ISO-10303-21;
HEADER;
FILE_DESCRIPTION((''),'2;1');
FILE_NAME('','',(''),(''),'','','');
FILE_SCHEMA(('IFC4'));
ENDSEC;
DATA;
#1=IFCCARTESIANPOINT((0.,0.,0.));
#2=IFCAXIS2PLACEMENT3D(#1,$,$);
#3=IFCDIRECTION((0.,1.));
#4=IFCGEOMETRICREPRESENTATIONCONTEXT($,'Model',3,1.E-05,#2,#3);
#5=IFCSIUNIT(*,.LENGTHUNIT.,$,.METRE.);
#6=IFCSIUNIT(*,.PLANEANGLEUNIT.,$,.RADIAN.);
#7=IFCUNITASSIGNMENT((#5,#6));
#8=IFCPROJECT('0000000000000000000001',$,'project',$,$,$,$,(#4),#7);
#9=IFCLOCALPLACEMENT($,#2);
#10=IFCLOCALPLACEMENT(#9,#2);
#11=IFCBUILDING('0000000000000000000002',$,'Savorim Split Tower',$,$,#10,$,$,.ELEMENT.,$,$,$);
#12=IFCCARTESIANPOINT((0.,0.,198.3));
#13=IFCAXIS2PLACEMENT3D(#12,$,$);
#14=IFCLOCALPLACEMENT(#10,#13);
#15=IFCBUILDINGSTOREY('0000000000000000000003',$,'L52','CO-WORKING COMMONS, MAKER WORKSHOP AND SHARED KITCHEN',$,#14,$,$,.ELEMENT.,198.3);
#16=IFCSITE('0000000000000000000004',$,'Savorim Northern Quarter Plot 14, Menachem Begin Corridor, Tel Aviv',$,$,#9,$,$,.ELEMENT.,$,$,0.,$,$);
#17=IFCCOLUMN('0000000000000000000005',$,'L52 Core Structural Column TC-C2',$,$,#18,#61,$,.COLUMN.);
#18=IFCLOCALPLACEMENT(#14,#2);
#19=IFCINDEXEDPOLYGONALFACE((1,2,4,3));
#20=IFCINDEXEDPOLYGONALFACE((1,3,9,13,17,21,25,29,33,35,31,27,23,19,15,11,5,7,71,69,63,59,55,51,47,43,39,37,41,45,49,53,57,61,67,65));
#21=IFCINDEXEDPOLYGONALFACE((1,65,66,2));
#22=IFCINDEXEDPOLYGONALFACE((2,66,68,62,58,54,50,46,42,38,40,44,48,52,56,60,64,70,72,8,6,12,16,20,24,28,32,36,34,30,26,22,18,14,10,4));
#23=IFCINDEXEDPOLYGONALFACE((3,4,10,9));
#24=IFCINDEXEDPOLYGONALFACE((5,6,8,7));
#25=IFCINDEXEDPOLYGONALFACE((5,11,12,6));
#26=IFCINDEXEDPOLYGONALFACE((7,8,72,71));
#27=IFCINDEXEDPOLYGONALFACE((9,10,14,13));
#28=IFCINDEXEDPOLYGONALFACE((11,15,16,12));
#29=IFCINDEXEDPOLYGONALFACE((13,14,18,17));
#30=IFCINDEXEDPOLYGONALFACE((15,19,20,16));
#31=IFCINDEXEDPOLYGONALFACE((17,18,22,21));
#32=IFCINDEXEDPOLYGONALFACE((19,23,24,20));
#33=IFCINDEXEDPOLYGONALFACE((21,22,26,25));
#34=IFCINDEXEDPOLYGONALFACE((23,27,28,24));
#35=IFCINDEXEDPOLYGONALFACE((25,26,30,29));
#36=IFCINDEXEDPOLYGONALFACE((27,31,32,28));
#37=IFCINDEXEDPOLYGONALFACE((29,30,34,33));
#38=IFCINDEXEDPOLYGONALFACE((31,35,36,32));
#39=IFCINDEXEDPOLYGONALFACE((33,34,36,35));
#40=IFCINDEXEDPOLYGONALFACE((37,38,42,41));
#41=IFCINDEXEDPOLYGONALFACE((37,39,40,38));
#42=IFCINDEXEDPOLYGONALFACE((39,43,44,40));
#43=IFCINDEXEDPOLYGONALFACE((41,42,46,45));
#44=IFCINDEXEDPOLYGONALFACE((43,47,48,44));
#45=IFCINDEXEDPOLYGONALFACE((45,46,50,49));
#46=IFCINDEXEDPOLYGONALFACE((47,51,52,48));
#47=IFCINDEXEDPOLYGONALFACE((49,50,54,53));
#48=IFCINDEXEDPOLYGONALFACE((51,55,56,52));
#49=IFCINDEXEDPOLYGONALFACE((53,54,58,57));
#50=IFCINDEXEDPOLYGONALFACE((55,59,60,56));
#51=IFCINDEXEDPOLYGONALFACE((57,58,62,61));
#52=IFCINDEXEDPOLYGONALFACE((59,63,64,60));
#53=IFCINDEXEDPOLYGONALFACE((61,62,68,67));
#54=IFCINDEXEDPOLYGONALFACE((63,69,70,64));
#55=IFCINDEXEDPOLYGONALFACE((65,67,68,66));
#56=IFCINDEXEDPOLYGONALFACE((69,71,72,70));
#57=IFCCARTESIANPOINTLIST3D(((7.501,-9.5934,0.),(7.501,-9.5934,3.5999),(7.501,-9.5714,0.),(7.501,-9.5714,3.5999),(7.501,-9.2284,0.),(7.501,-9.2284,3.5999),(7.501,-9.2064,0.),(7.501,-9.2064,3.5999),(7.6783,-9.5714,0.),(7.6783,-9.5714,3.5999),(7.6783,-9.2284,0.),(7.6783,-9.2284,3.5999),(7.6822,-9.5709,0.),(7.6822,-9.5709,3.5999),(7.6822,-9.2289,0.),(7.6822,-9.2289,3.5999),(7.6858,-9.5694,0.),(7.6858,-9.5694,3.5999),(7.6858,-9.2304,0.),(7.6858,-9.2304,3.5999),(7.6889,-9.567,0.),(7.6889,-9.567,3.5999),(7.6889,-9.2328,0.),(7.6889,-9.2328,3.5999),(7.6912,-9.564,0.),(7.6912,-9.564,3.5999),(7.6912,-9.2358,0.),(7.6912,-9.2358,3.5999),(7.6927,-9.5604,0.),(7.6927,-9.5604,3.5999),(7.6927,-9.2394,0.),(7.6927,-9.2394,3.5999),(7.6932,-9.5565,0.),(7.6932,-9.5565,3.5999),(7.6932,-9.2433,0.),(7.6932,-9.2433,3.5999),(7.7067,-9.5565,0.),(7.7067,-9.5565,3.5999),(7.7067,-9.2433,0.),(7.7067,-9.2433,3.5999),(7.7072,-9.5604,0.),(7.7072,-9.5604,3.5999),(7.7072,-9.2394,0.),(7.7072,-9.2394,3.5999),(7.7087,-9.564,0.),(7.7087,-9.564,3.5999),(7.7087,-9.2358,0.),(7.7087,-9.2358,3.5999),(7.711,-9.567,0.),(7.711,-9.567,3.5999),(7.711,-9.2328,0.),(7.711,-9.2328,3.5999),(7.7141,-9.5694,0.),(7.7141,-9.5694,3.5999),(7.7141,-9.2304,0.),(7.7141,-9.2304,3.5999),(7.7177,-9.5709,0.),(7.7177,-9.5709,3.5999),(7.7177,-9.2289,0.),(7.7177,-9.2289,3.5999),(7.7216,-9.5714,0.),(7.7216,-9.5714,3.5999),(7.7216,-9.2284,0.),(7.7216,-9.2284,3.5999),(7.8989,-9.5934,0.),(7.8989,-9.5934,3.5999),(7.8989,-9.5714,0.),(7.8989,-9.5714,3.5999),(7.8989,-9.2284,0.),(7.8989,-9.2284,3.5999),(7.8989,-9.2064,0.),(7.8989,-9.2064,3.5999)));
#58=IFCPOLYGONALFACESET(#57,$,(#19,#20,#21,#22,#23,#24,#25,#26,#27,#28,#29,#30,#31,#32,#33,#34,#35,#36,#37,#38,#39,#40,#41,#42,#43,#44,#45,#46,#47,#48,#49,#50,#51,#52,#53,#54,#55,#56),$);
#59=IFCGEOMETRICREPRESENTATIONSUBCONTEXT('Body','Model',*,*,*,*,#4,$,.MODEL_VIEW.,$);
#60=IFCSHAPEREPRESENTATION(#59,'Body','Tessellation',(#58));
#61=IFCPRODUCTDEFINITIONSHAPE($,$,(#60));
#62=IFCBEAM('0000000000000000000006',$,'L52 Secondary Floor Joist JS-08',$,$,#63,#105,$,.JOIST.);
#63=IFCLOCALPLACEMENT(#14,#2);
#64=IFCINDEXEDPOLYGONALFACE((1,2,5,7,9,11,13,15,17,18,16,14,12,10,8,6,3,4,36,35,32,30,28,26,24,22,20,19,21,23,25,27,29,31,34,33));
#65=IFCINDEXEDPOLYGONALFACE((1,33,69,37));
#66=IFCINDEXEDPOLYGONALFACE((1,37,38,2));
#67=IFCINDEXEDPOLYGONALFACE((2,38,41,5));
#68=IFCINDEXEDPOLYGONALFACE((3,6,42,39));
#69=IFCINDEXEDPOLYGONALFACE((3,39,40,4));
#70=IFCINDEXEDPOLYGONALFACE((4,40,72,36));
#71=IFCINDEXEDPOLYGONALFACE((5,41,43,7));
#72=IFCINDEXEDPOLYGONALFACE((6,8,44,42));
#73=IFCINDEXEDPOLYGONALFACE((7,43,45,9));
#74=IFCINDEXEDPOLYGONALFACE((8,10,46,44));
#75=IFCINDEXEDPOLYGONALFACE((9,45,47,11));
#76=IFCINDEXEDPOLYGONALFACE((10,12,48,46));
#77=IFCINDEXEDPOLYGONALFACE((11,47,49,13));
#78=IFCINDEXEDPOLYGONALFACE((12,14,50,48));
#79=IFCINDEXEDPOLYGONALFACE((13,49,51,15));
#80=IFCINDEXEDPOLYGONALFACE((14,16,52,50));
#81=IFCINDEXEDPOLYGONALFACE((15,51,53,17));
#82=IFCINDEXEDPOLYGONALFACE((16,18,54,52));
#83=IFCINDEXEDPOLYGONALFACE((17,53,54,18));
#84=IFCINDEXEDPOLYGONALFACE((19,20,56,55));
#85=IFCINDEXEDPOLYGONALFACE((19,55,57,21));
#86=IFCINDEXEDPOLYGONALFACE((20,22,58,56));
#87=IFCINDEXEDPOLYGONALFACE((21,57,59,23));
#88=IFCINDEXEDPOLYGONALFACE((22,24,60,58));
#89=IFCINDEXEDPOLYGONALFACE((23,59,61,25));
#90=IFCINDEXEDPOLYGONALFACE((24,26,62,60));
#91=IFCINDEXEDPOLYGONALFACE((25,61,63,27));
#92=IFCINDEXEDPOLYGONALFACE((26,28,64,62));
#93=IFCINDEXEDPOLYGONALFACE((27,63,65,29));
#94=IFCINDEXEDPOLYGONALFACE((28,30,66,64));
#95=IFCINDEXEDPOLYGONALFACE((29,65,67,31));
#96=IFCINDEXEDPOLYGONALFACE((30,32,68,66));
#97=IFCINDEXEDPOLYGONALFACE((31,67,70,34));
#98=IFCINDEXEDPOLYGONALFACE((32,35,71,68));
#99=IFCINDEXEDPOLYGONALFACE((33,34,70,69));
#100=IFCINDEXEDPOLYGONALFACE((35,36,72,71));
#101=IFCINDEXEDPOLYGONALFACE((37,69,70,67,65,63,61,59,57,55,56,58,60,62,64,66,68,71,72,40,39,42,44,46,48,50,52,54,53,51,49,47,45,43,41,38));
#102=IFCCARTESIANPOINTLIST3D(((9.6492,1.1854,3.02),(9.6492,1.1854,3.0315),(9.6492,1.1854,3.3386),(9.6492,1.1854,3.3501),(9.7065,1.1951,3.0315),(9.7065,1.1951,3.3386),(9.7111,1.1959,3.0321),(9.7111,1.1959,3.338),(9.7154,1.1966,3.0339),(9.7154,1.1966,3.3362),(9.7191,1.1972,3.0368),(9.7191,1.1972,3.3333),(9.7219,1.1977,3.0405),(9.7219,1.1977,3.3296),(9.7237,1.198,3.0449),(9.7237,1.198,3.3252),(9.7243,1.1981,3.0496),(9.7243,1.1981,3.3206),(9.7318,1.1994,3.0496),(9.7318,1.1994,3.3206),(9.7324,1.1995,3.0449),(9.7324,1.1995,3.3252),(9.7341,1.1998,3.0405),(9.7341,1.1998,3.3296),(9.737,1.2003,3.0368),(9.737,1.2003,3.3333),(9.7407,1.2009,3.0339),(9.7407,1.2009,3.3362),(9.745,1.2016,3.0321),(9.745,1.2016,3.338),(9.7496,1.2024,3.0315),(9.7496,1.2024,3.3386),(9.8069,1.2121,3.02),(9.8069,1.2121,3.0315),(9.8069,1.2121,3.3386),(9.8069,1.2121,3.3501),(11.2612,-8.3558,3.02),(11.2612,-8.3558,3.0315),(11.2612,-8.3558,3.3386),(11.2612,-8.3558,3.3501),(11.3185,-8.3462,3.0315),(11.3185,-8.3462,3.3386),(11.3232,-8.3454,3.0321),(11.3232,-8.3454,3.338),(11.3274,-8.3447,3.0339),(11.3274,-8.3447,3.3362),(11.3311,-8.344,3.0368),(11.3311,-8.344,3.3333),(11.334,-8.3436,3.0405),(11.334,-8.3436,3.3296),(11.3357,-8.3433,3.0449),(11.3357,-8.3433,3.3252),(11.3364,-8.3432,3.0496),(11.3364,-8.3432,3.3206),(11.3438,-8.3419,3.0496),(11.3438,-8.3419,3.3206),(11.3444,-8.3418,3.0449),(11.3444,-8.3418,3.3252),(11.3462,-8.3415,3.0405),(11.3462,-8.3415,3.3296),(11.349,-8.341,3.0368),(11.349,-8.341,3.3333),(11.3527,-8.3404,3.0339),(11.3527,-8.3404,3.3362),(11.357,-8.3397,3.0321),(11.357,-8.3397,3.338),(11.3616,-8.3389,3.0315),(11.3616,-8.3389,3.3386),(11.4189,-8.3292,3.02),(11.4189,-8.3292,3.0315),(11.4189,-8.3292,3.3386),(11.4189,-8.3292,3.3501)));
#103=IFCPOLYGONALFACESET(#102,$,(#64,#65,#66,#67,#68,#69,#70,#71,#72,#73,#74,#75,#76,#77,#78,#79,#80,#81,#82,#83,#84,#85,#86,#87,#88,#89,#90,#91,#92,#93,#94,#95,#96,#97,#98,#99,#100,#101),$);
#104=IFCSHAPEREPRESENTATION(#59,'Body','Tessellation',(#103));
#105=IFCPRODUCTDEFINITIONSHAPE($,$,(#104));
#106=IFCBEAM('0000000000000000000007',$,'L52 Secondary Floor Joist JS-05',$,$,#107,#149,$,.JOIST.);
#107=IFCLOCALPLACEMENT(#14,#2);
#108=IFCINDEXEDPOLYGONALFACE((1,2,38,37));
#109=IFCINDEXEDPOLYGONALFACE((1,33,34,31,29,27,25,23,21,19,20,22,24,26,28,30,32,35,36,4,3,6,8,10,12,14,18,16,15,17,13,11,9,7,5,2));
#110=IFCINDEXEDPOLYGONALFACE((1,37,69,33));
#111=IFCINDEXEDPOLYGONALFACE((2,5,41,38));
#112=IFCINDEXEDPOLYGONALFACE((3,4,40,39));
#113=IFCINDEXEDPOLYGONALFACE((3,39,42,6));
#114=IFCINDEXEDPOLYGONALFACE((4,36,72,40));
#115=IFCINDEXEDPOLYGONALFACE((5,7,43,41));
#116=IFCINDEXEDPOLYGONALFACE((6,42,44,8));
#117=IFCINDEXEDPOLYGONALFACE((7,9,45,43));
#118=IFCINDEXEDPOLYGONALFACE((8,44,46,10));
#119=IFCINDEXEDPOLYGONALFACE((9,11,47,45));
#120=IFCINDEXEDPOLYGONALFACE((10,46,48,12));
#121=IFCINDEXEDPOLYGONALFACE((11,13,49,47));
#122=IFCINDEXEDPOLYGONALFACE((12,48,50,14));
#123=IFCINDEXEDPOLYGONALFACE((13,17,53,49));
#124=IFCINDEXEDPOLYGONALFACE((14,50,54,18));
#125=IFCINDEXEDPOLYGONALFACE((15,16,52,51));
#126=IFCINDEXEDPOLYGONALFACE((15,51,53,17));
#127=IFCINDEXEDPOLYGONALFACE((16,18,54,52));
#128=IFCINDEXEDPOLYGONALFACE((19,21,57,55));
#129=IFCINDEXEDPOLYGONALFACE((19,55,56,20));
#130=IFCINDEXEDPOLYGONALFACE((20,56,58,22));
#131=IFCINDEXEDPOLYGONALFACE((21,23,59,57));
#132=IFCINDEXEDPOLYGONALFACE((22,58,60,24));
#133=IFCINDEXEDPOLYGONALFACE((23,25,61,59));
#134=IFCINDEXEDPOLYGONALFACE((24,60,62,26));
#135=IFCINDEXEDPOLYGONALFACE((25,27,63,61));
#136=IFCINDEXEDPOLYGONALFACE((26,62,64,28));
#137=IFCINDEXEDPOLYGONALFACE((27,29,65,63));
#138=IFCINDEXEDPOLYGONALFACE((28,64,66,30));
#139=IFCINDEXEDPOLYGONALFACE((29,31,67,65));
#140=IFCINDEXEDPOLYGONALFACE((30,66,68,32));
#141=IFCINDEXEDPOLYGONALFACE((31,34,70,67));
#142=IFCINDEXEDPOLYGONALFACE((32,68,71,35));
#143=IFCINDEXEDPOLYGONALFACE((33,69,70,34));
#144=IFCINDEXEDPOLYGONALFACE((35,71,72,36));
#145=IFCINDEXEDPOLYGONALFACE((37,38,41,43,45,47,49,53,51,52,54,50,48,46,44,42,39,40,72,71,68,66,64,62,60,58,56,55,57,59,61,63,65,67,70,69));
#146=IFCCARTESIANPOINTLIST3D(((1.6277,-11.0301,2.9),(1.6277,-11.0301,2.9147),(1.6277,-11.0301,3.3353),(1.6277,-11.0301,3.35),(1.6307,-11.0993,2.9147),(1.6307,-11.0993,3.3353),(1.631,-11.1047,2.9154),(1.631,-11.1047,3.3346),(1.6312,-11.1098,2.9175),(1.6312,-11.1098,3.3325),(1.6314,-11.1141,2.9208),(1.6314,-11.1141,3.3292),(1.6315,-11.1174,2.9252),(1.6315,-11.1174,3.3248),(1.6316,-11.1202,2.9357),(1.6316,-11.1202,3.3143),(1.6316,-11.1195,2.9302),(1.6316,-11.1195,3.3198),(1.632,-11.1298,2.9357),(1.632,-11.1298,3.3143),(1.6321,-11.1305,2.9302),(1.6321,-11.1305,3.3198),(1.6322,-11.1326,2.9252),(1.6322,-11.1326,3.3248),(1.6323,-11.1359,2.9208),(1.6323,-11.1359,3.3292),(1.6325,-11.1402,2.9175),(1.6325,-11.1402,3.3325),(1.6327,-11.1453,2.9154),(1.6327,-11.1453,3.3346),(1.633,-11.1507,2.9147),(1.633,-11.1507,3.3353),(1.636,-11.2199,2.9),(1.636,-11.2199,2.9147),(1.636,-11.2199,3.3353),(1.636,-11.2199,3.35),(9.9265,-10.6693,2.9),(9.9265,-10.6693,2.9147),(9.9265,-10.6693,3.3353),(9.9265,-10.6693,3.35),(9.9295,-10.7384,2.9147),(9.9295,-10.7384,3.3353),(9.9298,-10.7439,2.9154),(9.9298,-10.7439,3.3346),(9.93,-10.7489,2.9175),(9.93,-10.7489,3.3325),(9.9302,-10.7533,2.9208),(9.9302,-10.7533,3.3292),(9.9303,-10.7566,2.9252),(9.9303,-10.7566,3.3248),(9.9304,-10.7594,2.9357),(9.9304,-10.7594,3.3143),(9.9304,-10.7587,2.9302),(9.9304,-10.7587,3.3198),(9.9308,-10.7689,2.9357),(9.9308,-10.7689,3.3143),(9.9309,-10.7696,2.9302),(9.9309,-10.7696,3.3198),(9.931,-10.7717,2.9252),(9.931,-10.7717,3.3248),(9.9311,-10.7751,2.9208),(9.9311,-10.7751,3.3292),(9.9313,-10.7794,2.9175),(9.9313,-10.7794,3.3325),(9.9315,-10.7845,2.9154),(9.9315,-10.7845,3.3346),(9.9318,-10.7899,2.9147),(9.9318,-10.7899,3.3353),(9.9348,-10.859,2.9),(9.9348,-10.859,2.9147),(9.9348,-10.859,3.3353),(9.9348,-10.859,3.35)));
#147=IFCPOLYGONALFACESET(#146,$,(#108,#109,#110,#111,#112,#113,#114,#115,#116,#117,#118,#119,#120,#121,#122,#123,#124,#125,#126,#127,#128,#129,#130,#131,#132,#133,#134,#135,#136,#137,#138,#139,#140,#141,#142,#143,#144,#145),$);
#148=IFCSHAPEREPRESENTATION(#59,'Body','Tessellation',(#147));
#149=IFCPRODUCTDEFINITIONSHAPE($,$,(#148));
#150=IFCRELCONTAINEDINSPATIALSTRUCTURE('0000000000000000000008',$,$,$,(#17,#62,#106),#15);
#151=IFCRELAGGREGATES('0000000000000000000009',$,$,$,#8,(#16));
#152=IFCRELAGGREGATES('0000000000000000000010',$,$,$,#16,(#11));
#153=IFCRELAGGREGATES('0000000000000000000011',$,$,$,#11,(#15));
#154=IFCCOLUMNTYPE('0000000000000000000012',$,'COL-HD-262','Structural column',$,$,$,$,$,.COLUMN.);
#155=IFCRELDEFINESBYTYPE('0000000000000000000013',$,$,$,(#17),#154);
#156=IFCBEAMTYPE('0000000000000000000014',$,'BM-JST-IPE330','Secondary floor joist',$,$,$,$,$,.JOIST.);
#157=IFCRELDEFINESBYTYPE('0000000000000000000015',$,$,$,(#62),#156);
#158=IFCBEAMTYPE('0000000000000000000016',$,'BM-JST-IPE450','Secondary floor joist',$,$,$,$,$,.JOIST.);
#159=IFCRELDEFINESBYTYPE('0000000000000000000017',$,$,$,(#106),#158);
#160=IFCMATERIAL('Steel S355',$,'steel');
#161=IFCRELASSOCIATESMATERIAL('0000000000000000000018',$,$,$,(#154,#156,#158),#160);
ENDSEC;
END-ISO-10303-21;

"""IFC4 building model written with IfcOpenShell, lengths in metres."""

from ifc_helpers import new_model, si_unit, direction, frame, origin, origin_2d, place, context, subcontext, project, spatial, i_section, extrude, material, material_profile, profile_set, type_object, element, save


model = new_model("IFC4")

# Units and contexts
model_context = context("Model", 3, precision=1e-05, world=origin(), true_north=direction((0.0, 1.0)))
body_context = subcontext(model_context, "Body", "Model", "MODEL_VIEW")
ifc_project = project(units=[si_unit("LENGTHUNIT", "METRE"), si_unit("PLANEANGLEUNIT", "RADIAN")], contexts=[model_context])

# Site, building, storey
site_placement = place(None, origin())
site = spatial("IfcSite", under=ifc_project, at=site_placement, Name="Savorim Northern Quarter Plot 14, Menachem Begin Corridor, Tel Aviv", CompositionType="ELEMENT", RefElevation=0.0)
building_placement = place(site_placement, origin())
building = spatial("IfcBuilding", under=site, at=building_placement, Name="Savorim Split Tower", CompositionType="ELEMENT")
storey_placement = place(building_placement, frame((0.0, 0.0, 198.3)))
storey = spatial("IfcBuildingStorey", under=building, at=storey_placement, Name="L52", Description="CO-WORKING COMMONS, MAKER WORKSHOP AND SHARED KITCHEN", CompositionType="ELEMENT", Elevation=198.3)

# Column
ifc_material_1 = material(Name="Steel S355", Category="steel")
ifc_material_profile_1 = material_profile(ifc_material_1, i_section(OverallWidth=0.3979, OverallDepth=0.387, WebThickness=0.0134, FlangeThickness=0.022, FilletRadius=0.0149, at=origin_2d()), Name="HD 400x262")
ifc_profile_set_1 = profile_set([ifc_material_profile_1], Name="Steel S355")
column_type = type_object("IfcColumnType", Name="COL-HD-262", Description="Structural column", PredefinedType="COLUMN", material=ifc_profile_set_1)
column_placement = place(storey_placement, frame((7.7, -9.3999, 0.0), z_axis=(0.0, 0.0, 1.0), x_axis=(1.0, 0.0, 0.0)))
element("IfcColumn", 1, at=column_placement, inside=storey, type_object=column_type, Name="L52 Core Structural Column TC-C2", PredefinedType="COLUMN", context=body_context, shape_type="SweptSolid", body=[
    extrude(i_section(OverallWidth=0.3979, OverallDepth=0.387, WebThickness=0.0134, FlangeThickness=0.022, FilletRadius=0.0149, at=origin_2d()), origin(), (0.0, 0.0, 1.0), 3.5999),
])

# Beams
ifc_material_profile_2 = material_profile(ifc_material_1, i_section(OverallWidth=0.1599, OverallDepth=0.3301, WebThickness=0.0076, FlangeThickness=0.0115, FilletRadius=0.0181, at=origin_2d()), Name="IPE 330")
ifc_profile_set_2 = profile_set([ifc_material_profile_2], Name="Steel S355")
beam_type_1 = type_object("IfcBeamType", Name="BM-JST-IPE330", Description="Secondary floor joist", PredefinedType="JOIST", material=ifc_profile_set_2)
beam_1_placement = place(storey_placement, frame((11.3401, -8.3425, 3.1851), z_axis=(-0.166596, 0.986025, 0.0), x_axis=(-0.986025, -0.166596, 0.0)))
element("IfcBeam", 2, at=beam_1_placement, inside=storey, type_object=beam_type_1, Name="L52 Secondary Floor Joist JS-08", PredefinedType="JOIST", context=body_context, shape_type="SweptSolid", body=[
    extrude(i_section(OverallWidth=0.1599, OverallDepth=0.3301, WebThickness=0.0076, FlangeThickness=0.0115, FilletRadius=0.0181, at=origin_2d()), origin(), (0.0, 0.0, 1.0), 9.6765),
])
ifc_material_profile_3 = material_profile(ifc_material_1, i_section(OverallWidth=0.1899, OverallDepth=0.45, WebThickness=0.0095, FlangeThickness=0.0146, FilletRadius=0.021, at=origin_2d()), Name="IPE 450")
ifc_profile_set_3 = profile_set([ifc_material_profile_3], Name="Steel S355")
beam_type_2 = type_object("IfcBeamType", Name="BM-JST-IPE450", Description="Secondary floor joist", PredefinedType="JOIST", material=ifc_profile_set_3)
beam_2_placement = place(storey_placement, frame((1.6318, -11.125, 3.125), z_axis=(0.999056, 0.04344, 0.0), x_axis=(-0.04344, 0.999056, 0.0)))
element("IfcBeam", 3, at=beam_2_placement, inside=storey, type_object=beam_type_2, Name="L52 Secondary Floor Joist JS-05", PredefinedType="JOIST", context=body_context, shape_type="SweptSolid", body=[
    extrude(i_section(OverallWidth=0.1899, OverallDepth=0.45, WebThickness=0.0095, FlangeThickness=0.0146, FilletRadius=0.021, at=origin_2d()), origin(), (0.0, 0.0, 1.0), 8.3066),
])

save(model, "model.ifc")
